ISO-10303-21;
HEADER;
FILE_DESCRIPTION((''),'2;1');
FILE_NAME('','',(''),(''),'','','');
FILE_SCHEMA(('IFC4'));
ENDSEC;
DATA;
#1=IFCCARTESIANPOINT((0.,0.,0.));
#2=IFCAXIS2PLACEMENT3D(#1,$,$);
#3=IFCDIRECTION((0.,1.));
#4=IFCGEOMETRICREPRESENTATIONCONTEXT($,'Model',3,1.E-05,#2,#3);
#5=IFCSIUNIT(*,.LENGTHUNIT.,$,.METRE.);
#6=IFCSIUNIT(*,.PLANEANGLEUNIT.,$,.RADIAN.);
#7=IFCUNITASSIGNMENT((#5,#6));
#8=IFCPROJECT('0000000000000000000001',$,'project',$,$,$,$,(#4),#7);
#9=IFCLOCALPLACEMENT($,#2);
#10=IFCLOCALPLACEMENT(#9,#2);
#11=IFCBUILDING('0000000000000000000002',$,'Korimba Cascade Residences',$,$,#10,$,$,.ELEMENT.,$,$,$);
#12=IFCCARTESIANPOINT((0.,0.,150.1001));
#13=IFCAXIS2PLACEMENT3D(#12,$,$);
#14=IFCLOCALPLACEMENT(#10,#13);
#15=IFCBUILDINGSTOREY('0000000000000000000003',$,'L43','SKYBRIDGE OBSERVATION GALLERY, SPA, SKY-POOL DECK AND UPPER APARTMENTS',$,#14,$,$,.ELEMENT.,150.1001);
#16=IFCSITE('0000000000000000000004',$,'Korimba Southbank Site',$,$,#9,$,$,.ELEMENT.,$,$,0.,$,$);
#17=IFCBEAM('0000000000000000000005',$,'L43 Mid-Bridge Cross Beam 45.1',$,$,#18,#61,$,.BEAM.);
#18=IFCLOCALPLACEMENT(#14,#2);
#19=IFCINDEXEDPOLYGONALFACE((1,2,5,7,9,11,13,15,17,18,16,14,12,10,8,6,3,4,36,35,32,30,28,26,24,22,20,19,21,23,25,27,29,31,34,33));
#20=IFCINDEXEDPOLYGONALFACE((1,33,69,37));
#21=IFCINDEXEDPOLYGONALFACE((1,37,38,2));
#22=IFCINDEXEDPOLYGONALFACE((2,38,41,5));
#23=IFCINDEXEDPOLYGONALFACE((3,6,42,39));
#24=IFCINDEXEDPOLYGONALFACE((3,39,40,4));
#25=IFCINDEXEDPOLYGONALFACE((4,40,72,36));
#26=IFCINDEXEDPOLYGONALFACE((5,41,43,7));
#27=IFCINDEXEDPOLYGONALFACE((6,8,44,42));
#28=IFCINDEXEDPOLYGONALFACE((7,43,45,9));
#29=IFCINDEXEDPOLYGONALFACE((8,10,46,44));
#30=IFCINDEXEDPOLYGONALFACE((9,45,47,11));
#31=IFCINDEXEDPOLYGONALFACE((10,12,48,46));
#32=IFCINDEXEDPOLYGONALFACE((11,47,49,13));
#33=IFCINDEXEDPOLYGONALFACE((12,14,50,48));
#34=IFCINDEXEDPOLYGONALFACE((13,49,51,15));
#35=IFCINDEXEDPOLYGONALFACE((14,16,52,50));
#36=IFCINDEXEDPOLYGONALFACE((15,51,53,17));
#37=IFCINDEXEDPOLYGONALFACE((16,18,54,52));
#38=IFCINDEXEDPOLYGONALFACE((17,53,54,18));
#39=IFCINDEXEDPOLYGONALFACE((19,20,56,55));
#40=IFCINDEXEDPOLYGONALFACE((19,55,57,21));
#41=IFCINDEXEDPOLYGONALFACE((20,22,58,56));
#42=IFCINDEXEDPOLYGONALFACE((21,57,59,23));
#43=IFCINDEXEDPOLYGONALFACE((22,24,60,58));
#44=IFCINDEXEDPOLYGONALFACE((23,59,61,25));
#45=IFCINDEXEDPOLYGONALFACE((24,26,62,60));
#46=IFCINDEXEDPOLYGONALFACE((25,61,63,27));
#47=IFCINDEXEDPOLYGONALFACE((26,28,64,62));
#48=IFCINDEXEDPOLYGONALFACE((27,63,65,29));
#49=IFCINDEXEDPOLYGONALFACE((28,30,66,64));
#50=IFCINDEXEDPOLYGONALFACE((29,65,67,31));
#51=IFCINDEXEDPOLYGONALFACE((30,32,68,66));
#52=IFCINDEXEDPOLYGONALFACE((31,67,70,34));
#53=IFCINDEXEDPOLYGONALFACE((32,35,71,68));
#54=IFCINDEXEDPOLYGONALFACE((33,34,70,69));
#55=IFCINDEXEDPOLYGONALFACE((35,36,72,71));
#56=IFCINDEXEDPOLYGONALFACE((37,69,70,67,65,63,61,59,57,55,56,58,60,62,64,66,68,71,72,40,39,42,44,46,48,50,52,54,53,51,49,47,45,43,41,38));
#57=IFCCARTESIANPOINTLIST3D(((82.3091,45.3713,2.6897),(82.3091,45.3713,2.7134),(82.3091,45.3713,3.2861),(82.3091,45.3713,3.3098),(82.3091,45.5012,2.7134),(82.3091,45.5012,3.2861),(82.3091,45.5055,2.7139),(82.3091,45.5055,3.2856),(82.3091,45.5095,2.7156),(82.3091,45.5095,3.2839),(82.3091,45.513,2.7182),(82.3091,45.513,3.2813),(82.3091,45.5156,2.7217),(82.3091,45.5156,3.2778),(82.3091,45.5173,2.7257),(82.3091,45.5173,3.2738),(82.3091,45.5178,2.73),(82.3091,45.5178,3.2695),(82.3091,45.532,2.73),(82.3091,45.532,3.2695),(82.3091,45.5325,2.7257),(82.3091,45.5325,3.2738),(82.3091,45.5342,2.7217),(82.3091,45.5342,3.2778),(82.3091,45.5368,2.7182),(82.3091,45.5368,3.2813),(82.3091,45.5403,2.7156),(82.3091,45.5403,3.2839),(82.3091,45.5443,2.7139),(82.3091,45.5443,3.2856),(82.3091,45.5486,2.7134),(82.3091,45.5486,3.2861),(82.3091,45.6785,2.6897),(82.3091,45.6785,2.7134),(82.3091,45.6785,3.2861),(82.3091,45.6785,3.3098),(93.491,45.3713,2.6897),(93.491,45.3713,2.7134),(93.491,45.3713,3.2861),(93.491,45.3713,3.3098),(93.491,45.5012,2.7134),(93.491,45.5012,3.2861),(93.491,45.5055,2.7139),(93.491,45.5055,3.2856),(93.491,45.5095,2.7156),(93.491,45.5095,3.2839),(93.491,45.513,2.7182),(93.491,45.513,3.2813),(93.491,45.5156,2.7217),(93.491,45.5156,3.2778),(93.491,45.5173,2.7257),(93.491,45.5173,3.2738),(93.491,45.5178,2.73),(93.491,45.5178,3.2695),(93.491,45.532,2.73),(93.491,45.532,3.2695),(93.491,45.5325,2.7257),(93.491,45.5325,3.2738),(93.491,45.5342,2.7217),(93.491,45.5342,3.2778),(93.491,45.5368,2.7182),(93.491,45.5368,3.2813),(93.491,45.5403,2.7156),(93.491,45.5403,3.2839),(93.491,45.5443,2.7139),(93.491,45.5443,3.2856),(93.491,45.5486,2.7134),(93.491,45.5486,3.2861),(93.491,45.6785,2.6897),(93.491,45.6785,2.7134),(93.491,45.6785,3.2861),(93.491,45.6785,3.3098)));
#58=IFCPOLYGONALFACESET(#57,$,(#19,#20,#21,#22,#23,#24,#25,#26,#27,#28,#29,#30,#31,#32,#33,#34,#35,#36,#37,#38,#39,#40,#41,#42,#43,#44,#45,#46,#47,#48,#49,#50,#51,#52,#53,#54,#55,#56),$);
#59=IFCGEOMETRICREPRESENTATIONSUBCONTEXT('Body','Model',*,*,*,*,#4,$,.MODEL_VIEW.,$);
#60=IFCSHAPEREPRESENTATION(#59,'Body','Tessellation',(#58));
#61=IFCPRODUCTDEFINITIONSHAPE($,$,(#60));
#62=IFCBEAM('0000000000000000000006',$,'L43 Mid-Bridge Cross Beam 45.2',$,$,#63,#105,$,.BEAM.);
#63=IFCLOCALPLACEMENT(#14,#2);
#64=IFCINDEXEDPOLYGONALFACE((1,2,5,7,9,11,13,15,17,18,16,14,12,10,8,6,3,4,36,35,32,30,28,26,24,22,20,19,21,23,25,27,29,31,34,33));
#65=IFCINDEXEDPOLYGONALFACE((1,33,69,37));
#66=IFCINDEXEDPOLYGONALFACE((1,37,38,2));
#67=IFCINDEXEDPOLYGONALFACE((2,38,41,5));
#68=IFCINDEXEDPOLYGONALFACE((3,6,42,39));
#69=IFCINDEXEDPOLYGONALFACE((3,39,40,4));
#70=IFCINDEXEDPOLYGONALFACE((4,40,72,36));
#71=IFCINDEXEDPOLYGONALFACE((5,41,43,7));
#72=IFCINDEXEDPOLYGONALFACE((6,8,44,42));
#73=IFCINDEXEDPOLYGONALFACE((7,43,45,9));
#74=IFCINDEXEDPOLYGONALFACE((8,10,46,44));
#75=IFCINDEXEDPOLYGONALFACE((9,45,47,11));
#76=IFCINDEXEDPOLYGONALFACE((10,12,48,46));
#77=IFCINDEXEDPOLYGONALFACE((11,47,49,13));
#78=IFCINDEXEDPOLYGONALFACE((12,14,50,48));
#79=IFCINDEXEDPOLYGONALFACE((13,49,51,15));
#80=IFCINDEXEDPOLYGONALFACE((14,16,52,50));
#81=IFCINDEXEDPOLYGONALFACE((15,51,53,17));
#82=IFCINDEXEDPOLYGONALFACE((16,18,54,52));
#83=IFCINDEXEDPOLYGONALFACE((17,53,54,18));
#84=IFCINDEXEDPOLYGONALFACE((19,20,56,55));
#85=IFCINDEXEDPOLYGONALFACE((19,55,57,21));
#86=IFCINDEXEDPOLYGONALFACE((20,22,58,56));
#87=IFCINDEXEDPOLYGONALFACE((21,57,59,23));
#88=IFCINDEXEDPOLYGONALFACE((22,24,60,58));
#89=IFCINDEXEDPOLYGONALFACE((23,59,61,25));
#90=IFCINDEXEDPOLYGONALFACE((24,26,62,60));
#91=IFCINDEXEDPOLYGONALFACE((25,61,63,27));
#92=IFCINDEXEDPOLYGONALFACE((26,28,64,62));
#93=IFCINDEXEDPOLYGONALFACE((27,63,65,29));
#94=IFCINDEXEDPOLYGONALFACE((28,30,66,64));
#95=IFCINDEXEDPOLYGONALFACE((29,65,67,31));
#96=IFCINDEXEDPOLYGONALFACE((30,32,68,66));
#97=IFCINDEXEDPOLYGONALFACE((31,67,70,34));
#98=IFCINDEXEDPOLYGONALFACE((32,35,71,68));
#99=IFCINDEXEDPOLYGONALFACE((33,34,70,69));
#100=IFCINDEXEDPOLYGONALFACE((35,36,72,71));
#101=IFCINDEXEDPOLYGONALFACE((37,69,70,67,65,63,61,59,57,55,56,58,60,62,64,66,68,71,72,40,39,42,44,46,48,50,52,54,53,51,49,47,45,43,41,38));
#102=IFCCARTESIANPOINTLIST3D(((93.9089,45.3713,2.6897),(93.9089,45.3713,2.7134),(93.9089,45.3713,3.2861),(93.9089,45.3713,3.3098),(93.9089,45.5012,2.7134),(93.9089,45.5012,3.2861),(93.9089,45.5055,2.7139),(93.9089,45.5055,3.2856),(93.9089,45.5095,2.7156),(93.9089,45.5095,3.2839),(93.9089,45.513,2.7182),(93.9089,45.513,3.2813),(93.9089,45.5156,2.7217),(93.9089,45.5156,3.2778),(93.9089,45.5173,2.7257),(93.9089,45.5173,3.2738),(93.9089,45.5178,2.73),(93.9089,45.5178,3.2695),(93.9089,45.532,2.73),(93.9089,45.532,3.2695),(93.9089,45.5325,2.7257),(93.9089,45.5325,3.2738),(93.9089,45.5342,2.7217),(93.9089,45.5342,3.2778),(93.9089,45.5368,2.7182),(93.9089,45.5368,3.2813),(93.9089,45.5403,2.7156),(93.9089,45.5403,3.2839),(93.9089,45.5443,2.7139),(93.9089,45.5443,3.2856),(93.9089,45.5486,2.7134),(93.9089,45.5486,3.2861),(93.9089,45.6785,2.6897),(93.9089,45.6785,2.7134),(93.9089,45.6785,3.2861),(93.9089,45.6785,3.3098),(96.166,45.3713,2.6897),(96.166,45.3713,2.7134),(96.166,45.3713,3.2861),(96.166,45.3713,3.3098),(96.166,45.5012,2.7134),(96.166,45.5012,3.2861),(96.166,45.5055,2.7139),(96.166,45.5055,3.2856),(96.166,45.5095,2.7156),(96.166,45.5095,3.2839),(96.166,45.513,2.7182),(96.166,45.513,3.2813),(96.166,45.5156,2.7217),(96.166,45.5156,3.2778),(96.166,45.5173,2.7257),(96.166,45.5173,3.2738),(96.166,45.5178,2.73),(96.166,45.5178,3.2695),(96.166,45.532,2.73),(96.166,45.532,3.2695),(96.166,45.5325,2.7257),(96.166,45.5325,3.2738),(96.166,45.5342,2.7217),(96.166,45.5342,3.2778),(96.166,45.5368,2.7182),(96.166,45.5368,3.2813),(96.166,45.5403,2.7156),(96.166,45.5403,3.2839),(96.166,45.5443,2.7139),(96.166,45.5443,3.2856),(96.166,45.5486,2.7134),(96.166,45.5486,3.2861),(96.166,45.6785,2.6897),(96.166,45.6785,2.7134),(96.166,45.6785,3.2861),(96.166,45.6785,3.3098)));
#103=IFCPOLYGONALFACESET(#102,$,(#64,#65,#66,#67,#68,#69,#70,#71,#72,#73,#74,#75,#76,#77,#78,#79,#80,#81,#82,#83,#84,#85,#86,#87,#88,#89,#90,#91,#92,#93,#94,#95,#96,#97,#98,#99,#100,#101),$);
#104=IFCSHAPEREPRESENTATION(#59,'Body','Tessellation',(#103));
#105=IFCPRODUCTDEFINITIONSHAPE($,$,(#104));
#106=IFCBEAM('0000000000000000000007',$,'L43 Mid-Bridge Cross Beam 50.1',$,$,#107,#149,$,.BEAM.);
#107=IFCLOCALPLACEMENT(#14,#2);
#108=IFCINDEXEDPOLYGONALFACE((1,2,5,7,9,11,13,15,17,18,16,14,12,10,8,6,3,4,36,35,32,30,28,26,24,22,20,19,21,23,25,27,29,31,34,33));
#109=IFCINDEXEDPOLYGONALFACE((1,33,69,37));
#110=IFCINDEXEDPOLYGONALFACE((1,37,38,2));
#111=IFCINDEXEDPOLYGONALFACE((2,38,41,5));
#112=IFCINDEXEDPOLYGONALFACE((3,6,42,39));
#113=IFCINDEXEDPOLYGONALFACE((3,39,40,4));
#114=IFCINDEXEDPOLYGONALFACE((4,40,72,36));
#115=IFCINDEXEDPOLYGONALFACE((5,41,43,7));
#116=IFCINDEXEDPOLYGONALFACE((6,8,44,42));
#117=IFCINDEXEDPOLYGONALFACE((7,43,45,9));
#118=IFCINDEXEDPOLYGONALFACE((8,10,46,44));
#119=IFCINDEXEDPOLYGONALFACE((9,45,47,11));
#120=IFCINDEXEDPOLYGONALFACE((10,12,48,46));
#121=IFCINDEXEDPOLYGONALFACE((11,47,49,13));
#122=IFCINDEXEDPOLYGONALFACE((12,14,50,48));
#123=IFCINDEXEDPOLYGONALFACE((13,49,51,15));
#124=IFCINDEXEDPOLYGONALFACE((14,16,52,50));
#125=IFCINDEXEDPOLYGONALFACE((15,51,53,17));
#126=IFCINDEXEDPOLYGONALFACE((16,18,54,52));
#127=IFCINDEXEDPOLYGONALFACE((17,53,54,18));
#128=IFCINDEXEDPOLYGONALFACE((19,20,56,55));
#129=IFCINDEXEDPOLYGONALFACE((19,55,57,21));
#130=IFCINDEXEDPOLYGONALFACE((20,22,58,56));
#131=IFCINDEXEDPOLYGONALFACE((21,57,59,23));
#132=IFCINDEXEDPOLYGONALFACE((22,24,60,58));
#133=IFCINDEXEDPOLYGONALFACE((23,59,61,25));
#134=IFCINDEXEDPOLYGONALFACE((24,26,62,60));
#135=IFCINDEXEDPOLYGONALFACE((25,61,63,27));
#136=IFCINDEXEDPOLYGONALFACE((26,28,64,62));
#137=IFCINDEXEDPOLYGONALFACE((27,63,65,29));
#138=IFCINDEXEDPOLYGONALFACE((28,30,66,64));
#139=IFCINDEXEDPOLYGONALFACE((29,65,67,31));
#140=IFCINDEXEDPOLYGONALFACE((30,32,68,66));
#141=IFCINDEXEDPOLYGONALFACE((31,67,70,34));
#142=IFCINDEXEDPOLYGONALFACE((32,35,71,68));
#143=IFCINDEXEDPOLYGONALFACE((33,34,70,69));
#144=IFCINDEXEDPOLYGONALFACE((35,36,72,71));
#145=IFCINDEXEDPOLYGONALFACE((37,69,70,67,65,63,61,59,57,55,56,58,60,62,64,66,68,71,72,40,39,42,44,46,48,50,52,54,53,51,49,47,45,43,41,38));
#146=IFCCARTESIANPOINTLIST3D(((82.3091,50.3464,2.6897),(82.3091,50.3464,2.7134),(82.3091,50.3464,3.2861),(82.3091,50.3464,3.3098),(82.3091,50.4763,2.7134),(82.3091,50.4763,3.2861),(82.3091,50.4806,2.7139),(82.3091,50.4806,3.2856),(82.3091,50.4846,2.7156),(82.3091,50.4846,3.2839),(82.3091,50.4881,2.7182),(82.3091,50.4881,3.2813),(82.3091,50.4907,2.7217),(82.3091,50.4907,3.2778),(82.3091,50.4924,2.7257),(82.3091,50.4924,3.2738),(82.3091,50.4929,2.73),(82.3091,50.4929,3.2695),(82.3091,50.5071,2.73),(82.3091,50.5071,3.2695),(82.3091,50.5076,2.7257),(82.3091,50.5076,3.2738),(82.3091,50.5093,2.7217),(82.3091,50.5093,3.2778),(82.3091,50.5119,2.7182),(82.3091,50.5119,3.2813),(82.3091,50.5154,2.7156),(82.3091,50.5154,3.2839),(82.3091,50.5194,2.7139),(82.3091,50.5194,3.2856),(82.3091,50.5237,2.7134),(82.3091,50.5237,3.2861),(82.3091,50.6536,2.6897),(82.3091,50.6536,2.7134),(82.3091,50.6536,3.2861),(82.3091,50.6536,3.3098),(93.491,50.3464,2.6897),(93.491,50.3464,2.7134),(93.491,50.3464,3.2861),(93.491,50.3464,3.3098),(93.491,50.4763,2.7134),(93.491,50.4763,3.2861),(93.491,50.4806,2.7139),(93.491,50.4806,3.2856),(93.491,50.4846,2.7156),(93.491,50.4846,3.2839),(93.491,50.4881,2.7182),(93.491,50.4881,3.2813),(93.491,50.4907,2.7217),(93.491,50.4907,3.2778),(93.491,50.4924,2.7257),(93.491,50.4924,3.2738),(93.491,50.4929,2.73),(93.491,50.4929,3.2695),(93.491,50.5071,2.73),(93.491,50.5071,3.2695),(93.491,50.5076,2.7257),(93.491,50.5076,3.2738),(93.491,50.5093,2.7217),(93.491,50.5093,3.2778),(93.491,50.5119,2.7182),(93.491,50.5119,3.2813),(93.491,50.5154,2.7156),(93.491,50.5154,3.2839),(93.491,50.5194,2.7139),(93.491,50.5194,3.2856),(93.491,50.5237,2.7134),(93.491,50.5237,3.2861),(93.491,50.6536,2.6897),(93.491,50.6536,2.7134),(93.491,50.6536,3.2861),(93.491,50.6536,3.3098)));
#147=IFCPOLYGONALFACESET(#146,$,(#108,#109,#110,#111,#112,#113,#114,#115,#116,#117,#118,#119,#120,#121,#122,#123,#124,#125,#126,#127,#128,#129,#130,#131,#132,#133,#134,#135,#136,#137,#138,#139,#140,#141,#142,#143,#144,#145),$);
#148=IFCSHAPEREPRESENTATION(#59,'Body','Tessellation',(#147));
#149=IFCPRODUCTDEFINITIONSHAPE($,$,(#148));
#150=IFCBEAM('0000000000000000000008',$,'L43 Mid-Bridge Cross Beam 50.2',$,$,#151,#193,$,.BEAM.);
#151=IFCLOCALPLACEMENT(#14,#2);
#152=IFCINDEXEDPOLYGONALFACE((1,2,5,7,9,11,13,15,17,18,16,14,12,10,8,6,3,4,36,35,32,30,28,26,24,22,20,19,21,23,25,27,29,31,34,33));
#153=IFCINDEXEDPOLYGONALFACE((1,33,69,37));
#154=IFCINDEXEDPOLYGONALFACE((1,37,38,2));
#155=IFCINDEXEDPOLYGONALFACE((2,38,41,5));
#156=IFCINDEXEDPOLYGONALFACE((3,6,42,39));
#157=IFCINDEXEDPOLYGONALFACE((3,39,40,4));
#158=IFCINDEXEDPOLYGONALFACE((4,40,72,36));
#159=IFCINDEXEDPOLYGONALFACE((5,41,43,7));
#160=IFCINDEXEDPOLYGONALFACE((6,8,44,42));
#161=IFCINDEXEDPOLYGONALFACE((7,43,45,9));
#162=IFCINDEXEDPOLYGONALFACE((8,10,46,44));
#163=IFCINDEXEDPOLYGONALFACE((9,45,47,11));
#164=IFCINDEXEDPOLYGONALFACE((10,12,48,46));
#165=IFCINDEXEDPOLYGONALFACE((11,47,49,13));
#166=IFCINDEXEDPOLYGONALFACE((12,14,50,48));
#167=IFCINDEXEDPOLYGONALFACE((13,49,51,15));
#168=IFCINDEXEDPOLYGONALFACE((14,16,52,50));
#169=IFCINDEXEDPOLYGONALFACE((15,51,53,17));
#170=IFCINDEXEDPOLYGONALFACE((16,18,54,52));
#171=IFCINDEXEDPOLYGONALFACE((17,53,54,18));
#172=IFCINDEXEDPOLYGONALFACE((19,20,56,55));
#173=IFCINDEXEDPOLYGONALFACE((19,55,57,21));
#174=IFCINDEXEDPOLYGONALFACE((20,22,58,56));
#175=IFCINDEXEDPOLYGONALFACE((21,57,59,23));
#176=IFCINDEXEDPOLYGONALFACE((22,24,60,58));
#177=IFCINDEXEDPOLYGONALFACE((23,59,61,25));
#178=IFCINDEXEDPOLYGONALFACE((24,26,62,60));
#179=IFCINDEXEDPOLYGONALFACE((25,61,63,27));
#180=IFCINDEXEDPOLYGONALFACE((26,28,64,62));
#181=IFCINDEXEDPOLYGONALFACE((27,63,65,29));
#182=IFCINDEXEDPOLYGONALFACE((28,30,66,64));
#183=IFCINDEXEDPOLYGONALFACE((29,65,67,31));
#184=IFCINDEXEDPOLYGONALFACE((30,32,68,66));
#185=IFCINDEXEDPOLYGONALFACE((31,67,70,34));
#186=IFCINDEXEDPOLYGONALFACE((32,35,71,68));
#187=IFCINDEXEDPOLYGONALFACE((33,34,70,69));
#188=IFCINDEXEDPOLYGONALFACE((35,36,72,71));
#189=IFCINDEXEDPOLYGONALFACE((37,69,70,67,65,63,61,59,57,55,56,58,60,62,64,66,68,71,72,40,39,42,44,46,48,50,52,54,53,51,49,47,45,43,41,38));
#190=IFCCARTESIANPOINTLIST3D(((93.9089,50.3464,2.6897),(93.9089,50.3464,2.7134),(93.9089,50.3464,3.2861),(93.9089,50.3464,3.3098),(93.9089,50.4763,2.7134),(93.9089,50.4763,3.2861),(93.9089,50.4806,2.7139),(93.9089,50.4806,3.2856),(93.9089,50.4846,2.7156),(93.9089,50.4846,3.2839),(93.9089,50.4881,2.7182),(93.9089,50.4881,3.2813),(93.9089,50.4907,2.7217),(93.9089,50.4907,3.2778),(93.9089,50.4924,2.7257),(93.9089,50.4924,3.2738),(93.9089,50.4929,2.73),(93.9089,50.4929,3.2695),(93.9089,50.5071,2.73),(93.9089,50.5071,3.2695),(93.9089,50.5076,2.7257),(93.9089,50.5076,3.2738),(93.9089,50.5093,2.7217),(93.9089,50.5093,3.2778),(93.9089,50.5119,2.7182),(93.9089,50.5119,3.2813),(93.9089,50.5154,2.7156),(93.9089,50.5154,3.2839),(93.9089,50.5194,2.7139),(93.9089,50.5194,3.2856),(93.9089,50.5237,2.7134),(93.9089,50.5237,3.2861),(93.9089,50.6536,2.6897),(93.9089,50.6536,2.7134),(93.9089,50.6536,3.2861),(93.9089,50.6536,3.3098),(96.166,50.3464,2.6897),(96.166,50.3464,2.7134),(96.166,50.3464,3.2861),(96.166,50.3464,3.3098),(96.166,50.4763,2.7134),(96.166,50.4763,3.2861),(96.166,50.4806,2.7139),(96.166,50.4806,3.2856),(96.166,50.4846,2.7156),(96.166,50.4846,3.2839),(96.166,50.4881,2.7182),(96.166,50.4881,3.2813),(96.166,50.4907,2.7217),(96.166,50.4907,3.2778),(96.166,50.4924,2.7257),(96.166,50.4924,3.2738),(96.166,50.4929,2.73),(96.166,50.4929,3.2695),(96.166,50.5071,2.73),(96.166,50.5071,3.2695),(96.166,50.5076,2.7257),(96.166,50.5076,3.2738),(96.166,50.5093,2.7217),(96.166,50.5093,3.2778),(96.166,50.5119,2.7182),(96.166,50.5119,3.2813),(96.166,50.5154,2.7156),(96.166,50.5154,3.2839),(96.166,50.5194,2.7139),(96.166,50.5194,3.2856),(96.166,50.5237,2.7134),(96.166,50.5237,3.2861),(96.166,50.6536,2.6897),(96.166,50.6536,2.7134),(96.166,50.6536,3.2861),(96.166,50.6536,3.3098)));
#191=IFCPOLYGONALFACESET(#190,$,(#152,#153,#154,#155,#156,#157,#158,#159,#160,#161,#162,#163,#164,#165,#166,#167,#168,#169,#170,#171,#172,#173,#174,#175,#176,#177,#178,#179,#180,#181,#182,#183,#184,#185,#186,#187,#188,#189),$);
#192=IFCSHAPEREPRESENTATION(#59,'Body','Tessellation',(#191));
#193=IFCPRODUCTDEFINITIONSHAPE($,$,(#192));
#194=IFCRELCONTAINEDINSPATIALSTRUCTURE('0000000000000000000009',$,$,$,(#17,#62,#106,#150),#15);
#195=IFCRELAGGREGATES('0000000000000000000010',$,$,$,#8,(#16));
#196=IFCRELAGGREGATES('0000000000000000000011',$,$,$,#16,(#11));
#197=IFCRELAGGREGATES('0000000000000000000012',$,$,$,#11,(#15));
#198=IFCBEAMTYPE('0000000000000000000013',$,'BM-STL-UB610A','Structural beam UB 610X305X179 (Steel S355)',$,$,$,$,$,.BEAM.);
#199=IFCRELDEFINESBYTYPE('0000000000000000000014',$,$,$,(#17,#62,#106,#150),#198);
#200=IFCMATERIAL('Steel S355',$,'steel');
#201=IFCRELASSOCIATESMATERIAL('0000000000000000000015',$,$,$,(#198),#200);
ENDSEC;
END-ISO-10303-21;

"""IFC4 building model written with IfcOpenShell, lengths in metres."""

from ifc_helpers import new_model, si_unit, direction, frame, origin, origin_2d, place, context, subcontext, project, spatial, i_section, extrude, material, material_profile, profile_set, type_object, element, save


model = new_model("IFC4")

# Units and contexts
model_context = context("Model", 3, precision=1e-05, world=origin(), true_north=direction((0.0, 1.0)))
body_context = subcontext(model_context, "Body", "Model", "MODEL_VIEW")
ifc_project = project(units=[si_unit("LENGTHUNIT", "METRE"), si_unit("PLANEANGLEUNIT", "RADIAN")], contexts=[model_context])

# Site, building, storey
site_placement = place(None, origin())
site = spatial("IfcSite", under=ifc_project, at=site_placement, Name="Korimba Southbank Site", CompositionType="ELEMENT", RefElevation=0.0)
building_placement = place(site_placement, origin())
building = spatial("IfcBuilding", under=site, at=building_placement, Name="Korimba Cascade Residences", CompositionType="ELEMENT")
storey_placement = place(building_placement, frame((0.0, 0.0, 150.1001)))
storey = spatial("IfcBuildingStorey", under=building, at=storey_placement, Name="L43", Description="SKYBRIDGE OBSERVATION GALLERY, SPA, SKY-POOL DECK AND UPPER APARTMENTS", CompositionType="ELEMENT", Elevation=150.1001)

# Beams
ifc_material_1 = material(Name="Steel S355", Category="steel")
ifc_material_profile_1 = material_profile(ifc_material_1, i_section(OverallWidth=0.3071, OverallDepth=0.6201, WebThickness=0.0142, FlangeThickness=0.0237, FilletRadius=0.0166, at=origin_2d()), Name="Steel S355")
ifc_profile_set_1 = profile_set([ifc_material_profile_1], Name="Steel S355")
beam_type = type_object("IfcBeamType", Name="BM-STL-UB610A", Description="Structural beam UB 610X305X179 (Steel S355)", PredefinedType="BEAM", material=ifc_profile_set_1)
beam_1_placement = place(storey_placement, frame((82.3091, 45.5249, 2.9998), z_axis=(1.0, 0.0, 0.0), x_axis=(0.0, 1.0, 0.0)))
element("IfcBeam", 1, at=beam_1_placement, inside=storey, type_object=beam_type, Name="L43 Mid-Bridge Cross Beam 45.1", PredefinedType="BEAM", context=body_context, shape_type="SweptSolid", body=[
    extrude(i_section(OverallWidth=0.3071, OverallDepth=0.6201, WebThickness=0.0142, FlangeThickness=0.0237, FilletRadius=0.0166, at=origin_2d()), origin(), (0.0, 0.0, 1.0), 11.1819),
])
beam_2_placement = place(storey_placement, frame((93.9089, 45.5249, 2.9998), z_axis=(1.0, 0.0, 0.0), x_axis=(0.0, 1.0, 0.0)))
element("IfcBeam", 2, at=beam_2_placement, inside=storey, type_object=beam_type, Name="L43 Mid-Bridge Cross Beam 45.2", PredefinedType="BEAM", context=body_context, shape_type="SweptSolid", body=[
    extrude(i_section(OverallWidth=0.3071, OverallDepth=0.6201, WebThickness=0.0142, FlangeThickness=0.0237, FilletRadius=0.0166, at=origin_2d()), origin(), (0.0, 0.0, 1.0), 2.2571),
])
beam_3_placement = place(storey_placement, frame((82.3091, 50.5, 2.9998), z_axis=(1.0, 0.0, 0.0), x_axis=(0.0, 1.0, 0.0)))
element("IfcBeam", 3, at=beam_3_placement, inside=storey, type_object=beam_type, Name="L43 Mid-Bridge Cross Beam 50.1", PredefinedType="BEAM", context=body_context, shape_type="SweptSolid", body=[
    extrude(i_section(OverallWidth=0.3071, OverallDepth=0.6201, WebThickness=0.0142, FlangeThickness=0.0237, FilletRadius=0.0166, at=origin_2d()), origin(), (0.0, 0.0, 1.0), 11.1819),
])
beam_4_placement = place(storey_placement, frame((93.9089, 50.5, 2.9998), z_axis=(1.0, 0.0, 0.0), x_axis=(0.0, 1.0, 0.0)))
element("IfcBeam", 4, at=beam_4_placement, inside=storey, type_object=beam_type, Name="L43 Mid-Bridge Cross Beam 50.2", PredefinedType="BEAM", context=body_context, shape_type="SweptSolid", body=[
    extrude(i_section(OverallWidth=0.3071, OverallDepth=0.6201, WebThickness=0.0142, FlangeThickness=0.0237, FilletRadius=0.0166, at=origin_2d()), origin(), (0.0, 0.0, 1.0), 2.2571),
])

save(model, "model.ifc")
